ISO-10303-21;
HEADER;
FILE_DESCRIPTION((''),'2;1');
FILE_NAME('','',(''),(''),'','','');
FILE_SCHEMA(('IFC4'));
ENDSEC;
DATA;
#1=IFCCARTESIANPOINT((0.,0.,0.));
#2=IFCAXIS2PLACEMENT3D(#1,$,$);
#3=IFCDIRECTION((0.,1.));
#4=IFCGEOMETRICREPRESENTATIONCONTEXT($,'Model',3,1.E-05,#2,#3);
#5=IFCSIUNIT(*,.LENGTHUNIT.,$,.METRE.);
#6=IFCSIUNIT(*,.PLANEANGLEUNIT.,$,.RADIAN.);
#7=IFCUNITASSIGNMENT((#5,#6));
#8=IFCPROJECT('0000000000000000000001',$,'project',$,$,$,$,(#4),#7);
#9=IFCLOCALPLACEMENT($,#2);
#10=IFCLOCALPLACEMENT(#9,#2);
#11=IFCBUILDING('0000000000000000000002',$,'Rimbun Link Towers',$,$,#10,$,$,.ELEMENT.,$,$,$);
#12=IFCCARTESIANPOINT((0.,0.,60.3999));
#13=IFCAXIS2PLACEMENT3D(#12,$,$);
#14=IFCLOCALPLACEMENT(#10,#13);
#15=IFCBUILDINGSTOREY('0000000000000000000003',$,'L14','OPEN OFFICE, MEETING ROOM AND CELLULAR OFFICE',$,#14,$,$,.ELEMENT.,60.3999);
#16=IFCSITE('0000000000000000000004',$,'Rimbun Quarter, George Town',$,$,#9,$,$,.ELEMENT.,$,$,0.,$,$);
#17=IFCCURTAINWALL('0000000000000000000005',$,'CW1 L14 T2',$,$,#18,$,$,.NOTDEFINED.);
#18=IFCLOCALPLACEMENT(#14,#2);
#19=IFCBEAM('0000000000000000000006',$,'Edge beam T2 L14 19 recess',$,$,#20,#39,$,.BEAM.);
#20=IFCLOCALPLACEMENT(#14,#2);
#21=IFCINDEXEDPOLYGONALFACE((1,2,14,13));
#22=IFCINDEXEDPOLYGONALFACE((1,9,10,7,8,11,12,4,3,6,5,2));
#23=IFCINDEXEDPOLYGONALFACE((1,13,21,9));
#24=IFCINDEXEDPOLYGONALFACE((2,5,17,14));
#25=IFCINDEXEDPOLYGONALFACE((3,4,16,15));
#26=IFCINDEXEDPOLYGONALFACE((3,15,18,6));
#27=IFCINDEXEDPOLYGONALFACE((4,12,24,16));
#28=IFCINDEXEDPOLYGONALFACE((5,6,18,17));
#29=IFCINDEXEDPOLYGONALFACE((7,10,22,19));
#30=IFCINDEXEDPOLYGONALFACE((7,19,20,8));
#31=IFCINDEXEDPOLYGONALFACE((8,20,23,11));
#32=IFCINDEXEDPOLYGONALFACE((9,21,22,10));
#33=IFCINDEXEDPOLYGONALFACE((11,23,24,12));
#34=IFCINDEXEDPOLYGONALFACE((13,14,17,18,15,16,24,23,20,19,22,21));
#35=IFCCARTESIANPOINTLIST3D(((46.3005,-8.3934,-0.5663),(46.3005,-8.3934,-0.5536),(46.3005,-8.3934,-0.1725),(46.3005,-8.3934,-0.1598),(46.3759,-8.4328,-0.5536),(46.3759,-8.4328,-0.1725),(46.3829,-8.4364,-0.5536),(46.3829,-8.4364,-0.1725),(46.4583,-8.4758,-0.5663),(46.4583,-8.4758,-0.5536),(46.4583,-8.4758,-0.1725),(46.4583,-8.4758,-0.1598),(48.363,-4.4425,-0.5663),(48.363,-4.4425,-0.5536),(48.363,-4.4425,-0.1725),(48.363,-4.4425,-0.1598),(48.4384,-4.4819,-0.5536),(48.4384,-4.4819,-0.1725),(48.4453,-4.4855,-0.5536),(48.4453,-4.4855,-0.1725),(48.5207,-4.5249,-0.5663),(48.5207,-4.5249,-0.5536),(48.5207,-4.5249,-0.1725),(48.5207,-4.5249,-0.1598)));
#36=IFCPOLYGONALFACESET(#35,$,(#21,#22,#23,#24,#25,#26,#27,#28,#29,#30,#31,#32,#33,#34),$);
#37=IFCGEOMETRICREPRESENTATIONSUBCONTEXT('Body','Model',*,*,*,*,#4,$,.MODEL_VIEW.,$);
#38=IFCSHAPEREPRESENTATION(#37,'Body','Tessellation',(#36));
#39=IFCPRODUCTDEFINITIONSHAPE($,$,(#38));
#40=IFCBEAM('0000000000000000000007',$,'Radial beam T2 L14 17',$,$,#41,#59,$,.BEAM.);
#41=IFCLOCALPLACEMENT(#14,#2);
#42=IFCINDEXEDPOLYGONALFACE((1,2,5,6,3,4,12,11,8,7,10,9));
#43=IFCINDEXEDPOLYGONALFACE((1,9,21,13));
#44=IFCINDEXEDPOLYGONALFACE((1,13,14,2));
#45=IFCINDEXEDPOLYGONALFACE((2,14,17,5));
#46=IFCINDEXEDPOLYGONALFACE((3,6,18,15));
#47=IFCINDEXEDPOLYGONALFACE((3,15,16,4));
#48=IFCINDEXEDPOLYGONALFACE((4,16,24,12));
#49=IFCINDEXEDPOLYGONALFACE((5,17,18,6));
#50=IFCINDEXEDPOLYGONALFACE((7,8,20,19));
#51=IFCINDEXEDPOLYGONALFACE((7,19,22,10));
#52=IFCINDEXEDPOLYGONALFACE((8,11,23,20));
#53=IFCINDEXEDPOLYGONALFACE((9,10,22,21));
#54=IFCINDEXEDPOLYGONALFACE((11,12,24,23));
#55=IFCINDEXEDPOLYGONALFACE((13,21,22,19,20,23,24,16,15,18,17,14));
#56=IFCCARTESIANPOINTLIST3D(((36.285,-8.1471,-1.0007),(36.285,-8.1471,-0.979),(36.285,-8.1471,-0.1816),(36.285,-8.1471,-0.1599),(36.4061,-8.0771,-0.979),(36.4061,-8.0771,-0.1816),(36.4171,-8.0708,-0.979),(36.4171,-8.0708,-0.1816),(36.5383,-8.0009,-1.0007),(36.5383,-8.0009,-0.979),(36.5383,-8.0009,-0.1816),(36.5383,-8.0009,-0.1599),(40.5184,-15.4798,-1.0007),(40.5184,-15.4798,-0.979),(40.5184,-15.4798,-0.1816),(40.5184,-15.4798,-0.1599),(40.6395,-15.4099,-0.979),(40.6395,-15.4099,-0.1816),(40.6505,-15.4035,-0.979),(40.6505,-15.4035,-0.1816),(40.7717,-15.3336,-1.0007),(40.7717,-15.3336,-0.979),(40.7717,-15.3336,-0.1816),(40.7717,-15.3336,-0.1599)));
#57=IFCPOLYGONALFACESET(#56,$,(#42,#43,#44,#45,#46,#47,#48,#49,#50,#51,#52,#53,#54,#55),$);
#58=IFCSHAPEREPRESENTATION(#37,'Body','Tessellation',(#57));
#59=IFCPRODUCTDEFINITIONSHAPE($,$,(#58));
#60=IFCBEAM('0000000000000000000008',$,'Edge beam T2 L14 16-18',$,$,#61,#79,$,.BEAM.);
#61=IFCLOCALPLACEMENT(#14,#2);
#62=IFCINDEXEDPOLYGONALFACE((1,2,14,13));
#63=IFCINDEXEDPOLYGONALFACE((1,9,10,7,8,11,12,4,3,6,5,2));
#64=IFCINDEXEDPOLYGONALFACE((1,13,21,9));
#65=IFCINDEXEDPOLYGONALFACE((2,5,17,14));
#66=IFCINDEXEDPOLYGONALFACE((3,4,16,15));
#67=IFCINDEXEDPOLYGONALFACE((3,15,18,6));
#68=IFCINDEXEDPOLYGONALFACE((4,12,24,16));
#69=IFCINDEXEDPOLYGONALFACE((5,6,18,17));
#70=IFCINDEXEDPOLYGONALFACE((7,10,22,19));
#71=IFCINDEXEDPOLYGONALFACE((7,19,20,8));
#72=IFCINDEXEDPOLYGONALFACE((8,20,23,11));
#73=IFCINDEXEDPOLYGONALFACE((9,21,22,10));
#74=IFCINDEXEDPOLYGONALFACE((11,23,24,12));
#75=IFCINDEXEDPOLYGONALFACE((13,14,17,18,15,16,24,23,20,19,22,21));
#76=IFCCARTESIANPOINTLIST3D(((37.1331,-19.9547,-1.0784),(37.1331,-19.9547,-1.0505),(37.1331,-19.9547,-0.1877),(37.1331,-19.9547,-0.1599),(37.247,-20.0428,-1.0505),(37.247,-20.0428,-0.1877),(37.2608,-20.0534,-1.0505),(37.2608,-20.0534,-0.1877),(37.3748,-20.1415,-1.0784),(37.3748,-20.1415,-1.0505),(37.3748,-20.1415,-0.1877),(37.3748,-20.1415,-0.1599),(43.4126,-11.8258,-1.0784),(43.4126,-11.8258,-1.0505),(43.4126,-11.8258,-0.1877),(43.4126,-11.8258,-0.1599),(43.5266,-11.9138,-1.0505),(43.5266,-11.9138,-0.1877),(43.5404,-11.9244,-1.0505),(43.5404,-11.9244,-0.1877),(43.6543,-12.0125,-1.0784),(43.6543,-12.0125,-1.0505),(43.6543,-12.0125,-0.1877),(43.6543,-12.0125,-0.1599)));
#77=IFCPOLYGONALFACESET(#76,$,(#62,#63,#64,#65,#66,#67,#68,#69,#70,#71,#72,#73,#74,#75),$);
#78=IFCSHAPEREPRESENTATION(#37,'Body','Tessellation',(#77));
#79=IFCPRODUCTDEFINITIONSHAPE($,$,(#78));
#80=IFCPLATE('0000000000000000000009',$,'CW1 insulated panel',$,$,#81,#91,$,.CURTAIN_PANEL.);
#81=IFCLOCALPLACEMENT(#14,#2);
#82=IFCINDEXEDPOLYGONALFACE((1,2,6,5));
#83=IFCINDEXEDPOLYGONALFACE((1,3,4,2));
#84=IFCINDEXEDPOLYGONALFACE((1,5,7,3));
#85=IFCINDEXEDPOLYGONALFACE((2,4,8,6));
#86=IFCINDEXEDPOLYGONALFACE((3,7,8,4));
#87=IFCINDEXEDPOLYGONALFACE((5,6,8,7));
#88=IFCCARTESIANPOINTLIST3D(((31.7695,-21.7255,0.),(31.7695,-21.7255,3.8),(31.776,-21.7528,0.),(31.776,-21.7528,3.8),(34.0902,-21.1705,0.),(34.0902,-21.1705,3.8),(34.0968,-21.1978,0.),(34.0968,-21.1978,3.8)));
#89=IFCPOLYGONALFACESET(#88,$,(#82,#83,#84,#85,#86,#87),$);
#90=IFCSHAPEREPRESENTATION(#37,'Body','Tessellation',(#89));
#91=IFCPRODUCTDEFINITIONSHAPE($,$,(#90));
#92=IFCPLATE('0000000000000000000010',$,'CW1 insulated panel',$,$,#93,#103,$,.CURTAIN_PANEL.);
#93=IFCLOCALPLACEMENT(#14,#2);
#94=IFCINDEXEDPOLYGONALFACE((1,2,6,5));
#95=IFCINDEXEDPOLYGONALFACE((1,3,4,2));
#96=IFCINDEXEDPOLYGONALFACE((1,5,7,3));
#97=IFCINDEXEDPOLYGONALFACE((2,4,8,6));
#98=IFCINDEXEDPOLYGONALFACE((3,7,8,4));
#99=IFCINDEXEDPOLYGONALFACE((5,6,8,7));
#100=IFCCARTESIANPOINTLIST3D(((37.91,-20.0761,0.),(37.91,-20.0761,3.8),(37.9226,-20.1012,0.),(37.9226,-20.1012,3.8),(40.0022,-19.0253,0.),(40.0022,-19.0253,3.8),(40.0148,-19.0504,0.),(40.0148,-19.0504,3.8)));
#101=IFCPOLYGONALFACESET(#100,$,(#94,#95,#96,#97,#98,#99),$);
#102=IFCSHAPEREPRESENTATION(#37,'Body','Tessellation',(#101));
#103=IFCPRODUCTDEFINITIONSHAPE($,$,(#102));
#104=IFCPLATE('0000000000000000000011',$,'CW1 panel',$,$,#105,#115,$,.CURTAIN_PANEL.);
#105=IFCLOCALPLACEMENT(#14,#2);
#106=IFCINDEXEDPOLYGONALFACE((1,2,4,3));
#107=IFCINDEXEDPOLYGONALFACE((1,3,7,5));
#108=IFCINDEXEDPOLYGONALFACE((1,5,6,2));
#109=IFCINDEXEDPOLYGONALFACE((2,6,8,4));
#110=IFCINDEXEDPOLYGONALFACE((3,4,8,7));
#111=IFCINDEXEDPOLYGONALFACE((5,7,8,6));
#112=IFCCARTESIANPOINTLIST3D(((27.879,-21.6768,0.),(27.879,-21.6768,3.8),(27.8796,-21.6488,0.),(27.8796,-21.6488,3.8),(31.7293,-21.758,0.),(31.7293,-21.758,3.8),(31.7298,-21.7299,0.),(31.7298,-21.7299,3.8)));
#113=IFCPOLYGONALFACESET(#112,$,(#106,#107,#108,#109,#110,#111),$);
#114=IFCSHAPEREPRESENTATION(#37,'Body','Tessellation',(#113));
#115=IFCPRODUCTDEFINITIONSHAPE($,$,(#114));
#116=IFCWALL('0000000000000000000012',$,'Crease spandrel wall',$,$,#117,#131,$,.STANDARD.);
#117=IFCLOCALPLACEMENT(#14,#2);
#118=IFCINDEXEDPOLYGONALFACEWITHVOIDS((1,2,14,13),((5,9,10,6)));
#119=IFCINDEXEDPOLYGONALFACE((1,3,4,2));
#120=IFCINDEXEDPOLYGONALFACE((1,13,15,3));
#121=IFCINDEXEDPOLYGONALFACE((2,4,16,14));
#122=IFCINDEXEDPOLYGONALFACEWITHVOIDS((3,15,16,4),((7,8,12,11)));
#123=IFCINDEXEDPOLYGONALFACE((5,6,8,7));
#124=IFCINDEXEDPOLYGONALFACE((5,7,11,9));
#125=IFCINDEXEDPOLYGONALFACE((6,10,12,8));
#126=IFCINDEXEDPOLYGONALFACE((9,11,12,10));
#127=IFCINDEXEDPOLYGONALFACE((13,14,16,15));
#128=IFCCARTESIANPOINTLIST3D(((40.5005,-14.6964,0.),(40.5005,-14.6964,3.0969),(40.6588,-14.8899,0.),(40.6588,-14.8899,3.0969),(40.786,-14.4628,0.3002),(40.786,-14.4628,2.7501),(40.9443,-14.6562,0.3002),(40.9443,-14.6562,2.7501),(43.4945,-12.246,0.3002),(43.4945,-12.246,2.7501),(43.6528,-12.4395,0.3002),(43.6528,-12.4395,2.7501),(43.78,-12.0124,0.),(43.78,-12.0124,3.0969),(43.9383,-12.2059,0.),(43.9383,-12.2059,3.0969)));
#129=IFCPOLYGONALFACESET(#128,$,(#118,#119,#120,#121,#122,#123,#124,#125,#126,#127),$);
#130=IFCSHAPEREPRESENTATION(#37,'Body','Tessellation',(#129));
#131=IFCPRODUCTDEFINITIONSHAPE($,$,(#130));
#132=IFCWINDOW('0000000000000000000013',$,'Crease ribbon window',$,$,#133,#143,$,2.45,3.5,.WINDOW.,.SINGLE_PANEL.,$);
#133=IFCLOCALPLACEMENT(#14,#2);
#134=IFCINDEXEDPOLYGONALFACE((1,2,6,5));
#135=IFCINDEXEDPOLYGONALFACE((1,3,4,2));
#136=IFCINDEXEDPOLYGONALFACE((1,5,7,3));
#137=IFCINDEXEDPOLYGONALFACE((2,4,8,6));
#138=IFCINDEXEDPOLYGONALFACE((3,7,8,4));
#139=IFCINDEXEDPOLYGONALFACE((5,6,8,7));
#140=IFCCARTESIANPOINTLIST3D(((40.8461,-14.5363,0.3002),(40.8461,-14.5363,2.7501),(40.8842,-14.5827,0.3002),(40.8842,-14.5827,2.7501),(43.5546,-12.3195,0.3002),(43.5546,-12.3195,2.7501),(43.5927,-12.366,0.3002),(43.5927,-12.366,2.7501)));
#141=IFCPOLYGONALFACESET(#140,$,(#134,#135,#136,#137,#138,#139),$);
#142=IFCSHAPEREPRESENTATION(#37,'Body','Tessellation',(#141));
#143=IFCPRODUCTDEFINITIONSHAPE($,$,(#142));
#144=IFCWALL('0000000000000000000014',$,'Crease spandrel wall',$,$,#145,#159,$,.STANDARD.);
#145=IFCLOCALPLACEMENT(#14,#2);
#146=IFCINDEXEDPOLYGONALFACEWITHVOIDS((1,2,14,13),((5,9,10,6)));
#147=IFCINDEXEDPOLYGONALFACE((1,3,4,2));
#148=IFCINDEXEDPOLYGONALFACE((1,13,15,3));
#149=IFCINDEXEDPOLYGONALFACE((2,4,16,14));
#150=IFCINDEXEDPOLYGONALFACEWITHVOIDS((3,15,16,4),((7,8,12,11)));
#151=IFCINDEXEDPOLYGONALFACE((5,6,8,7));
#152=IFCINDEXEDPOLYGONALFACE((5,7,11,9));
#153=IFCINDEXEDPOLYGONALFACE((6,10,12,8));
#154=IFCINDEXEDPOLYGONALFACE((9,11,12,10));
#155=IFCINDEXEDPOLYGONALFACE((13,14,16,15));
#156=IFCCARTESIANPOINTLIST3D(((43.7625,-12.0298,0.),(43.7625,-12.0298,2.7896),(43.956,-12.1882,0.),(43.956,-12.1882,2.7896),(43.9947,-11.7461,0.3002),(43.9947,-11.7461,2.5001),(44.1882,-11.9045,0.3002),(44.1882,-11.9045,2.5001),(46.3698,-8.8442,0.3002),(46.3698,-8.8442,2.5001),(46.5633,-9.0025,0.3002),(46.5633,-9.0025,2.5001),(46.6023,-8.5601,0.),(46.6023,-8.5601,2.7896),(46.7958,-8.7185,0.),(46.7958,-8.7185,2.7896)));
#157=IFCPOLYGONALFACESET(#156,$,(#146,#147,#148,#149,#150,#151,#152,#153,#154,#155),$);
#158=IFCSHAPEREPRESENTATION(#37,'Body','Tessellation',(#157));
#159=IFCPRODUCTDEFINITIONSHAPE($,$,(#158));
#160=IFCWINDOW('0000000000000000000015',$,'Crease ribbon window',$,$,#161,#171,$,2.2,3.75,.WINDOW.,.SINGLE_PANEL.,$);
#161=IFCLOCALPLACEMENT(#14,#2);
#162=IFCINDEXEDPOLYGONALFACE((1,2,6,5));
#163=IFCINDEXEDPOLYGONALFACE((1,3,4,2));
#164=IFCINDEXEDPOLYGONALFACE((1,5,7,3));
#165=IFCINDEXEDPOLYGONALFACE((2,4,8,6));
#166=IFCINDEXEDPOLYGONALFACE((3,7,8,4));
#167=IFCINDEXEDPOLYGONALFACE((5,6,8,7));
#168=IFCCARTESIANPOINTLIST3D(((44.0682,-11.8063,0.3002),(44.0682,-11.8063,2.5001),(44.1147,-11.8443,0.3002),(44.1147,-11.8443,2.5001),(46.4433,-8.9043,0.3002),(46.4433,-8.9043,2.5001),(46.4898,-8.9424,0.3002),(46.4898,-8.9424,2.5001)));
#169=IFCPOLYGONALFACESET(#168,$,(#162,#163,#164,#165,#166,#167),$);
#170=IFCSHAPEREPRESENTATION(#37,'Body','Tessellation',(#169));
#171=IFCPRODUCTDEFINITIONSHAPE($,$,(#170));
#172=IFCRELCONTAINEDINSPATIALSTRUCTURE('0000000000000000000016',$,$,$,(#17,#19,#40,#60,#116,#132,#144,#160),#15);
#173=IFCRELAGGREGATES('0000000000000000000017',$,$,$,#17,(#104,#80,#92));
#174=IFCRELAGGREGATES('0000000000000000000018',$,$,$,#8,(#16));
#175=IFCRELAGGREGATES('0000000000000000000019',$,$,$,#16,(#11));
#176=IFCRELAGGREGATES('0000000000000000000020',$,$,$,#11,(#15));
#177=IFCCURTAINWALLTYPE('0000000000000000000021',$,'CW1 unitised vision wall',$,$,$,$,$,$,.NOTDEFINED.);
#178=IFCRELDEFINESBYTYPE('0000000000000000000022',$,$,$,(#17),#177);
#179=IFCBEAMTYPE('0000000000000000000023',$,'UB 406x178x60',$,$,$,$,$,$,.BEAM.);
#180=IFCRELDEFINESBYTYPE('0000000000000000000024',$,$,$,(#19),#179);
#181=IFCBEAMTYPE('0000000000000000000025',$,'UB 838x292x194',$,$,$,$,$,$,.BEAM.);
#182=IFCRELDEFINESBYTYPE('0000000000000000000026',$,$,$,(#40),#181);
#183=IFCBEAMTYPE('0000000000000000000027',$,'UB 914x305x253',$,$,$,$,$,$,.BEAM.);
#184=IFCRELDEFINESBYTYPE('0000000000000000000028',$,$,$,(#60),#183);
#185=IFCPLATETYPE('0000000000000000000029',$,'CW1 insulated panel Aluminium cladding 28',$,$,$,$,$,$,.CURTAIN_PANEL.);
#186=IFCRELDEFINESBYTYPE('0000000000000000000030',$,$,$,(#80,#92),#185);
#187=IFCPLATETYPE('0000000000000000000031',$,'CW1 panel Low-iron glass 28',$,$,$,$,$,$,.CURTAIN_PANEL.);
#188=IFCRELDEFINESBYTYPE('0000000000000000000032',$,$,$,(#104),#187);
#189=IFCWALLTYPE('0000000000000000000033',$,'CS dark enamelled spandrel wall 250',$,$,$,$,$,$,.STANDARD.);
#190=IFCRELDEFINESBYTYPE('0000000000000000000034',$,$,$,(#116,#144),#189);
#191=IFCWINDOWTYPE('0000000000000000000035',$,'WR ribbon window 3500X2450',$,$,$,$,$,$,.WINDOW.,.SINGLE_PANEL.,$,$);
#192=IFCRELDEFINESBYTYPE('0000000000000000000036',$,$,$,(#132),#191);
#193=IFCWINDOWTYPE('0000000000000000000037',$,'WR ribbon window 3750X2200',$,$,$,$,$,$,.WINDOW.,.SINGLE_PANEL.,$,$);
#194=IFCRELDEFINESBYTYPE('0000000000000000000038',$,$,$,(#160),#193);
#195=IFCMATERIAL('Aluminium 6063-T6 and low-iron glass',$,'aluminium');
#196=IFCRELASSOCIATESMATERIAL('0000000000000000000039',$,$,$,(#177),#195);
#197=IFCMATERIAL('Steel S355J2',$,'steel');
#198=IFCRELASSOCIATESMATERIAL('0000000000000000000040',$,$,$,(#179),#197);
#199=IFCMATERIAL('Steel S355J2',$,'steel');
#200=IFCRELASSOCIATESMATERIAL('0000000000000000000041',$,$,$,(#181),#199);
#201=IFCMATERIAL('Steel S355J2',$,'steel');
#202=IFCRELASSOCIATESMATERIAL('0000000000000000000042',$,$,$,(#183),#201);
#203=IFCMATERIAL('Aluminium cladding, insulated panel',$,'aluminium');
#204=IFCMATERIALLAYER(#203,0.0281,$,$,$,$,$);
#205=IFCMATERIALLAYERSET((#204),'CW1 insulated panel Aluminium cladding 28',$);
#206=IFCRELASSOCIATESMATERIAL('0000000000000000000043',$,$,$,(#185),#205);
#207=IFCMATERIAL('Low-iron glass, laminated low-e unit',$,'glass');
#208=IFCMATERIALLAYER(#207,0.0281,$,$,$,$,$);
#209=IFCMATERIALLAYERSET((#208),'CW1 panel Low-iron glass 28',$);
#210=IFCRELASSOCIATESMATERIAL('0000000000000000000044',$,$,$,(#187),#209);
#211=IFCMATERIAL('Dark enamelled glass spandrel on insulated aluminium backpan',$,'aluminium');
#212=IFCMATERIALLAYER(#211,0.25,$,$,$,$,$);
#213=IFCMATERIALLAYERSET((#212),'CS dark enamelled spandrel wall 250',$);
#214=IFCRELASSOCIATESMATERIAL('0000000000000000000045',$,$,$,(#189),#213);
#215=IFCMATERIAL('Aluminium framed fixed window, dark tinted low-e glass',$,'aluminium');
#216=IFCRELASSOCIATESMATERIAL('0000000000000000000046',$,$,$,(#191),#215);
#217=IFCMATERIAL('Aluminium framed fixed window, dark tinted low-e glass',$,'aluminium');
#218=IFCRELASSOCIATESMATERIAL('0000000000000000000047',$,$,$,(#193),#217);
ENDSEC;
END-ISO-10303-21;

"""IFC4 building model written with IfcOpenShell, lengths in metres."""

from ifc_helpers import new_model, si_unit, direction, frame, frame_2d, origin, origin_2d, place, context, subcontext, project, spatial, rectangle, i_section, extrude, material, layer, layer_set, material_profile, profile_set, type_object, element, fill, aggregate, save


model = new_model("IFC4")

# Units and contexts
model_context = context("Model", 3, precision=1e-05, world=origin(), true_north=direction((0.0, 1.0)))
body_context = subcontext(model_context, "Body", "Model", "MODEL_VIEW")
ifc_project = project(units=[si_unit("LENGTHUNIT", "METRE"), si_unit("PLANEANGLEUNIT", "RADIAN")], contexts=[model_context])

# Site, building, storey
site_placement = place(None, origin())
site = spatial("IfcSite", under=ifc_project, at=site_placement, Name="Rimbun Quarter, George Town", CompositionType="ELEMENT", RefElevation=0.0)
building_placement = place(site_placement, origin())
building = spatial("IfcBuilding", under=site, at=building_placement, Name="Rimbun Link Towers", CompositionType="ELEMENT")
storey_placement = place(building_placement, frame((0.0, 0.0, 60.3999)))
storey = spatial("IfcBuildingStorey", under=building, at=storey_placement, Name="L14", Description="OPEN OFFICE, MEETING ROOM AND CELLULAR OFFICE", CompositionType="ELEMENT", Elevation=60.3999)

# Curtain wall
ifc_material_1 = material(Name="Aluminium 6063-T6 and low-iron glass", Category="aluminium")
curtain_wall_type = type_object("IfcCurtainWallType", Name="CW1 unitised vision wall", PredefinedType="NOTDEFINED", material=ifc_material_1)
curtain_wall_placement = place(storey_placement, origin())
curtain_wall = element("IfcCurtainWall", 1, at=curtain_wall_placement, inside=storey, type_object=curtain_wall_type, Name="CW1 L14 T2", PredefinedType="NOTDEFINED")

# Beams
ifc_material_2 = material(Name="Steel S355J2", Category="steel")
ifc_material_profile_1 = material_profile(ifc_material_2, i_section(OverallWidth=0.178, OverallDepth=0.4065, WebThickness=0.0078, FlangeThickness=0.0127, at=origin_2d()), Name="UB 406x178x60")
ifc_profile_set_1 = profile_set([ifc_material_profile_1], Name="Steel S355J2")
beam_type_1 = type_object("IfcBeamType", Name="UB 406x178x60", PredefinedType="BEAM", material=ifc_profile_set_1)
beam_1_placement = place(storey_placement, frame((46.3794, -8.4346, -0.363), z_axis=(0.462768, 0.886479, 0.0), x_axis=(-0.886479, 0.462768, 0.0)))
element("IfcBeam", 2, at=beam_1_placement, inside=storey, type_object=beam_type_1, Name="Edge beam T2 L14 19 recess", PredefinedType="BEAM", context=body_context, shape_type="SweptSolid", body=[
    extrude(i_section(OverallWidth=0.178, OverallDepth=0.4065, WebThickness=0.0078, FlangeThickness=0.0127, at=origin_2d()), origin(), (0.0, 0.0, 1.0), 4.4568),
])
ifc_material_3 = material(Name="Steel S355J2", Category="steel")
ifc_material_profile_2 = material_profile(ifc_material_3, i_section(OverallWidth=0.2925, OverallDepth=0.8408, WebThickness=0.0127, FlangeThickness=0.0217, at=origin_2d()), Name="UB 838x292x194")
ifc_profile_set_2 = profile_set([ifc_material_profile_2], Name="Steel S355J2")
beam_type_2 = type_object("IfcBeamType", Name="UB 838x292x194", PredefinedType="BEAM", material=ifc_profile_set_2)
beam_2_placement = place(storey_placement, frame((36.4116, -8.074, -0.5803), z_axis=(0.499985, -0.866034, 0.0), x_axis=(0.866034, 0.499985, 0.0)))
element("IfcBeam", 3, at=beam_2_placement, inside=storey, type_object=beam_type_2, Name="Radial beam T2 L14 17", PredefinedType="BEAM", context=body_context, shape_type="SweptSolid", body=[
    extrude(i_section(OverallWidth=0.2925, OverallDepth=0.8408, WebThickness=0.0127, FlangeThickness=0.0217, at=origin_2d()), origin(), (0.0, 0.0, 1.0), 8.467),
])
ifc_material_4 = material(Name="Steel S355J2", Category="steel")
ifc_material_profile_3 = material_profile(ifc_material_4, i_section(OverallWidth=0.3054, OverallDepth=0.9185, WebThickness=0.0173, FlangeThickness=0.0278, at=origin_2d()), Name="UB 914x305x253")
ifc_profile_set_3 = profile_set([ifc_material_profile_3], Name="Steel S355J2")
beam_type_3 = type_object("IfcBeamType", Name="UB 914x305x253", PredefinedType="BEAM", material=ifc_profile_set_3)
beam_3_placement = place(storey_placement, frame((37.2539, -20.0481, -0.6191), z_axis=(0.611332, 0.791374, 0.0), x_axis=(-0.791374, 0.611332, 0.0)))
element("IfcBeam", 4, at=beam_3_placement, inside=storey, type_object=beam_type_3, Name="Edge beam T2 L14 16-18", PredefinedType="BEAM", context=body_context, shape_type="SweptSolid", body=[
    extrude(i_section(OverallWidth=0.3054, OverallDepth=0.9185, WebThickness=0.0173, FlangeThickness=0.0278, at=origin_2d()), origin(), (0.0, 0.0, 1.0), 10.272),
])

# Plates
ifc_material_5 = material(Name="Aluminium cladding, insulated panel", Category="aluminium")
ifc_layer_1 = layer(ifc_material_5, 0.0281)
ifc_layer_set_1 = layer_set([ifc_layer_1], Name="CW1 insulated panel Aluminium cladding 28")
plate_type_1 = type_object("IfcPlateType", Name="CW1 insulated panel Aluminium cladding 28", PredefinedType="CURTAIN_PANEL", material=ifc_layer_set_1)
plate_1_placement = place(storey_placement, frame((32.9331, -21.4617, 0.0), z_axis=(0.0, 0.0, 1.0), x_axis=(-0.972572, -0.232603, 0.0)))
plate_1 = element("IfcPlate", 5, at=plate_1_placement, type_object=plate_type_1, Name="CW1 insulated panel", PredefinedType="CURTAIN_PANEL", context=body_context, shape_type="SweptSolid", body=[
    extrude(rectangle(XDim=2.3862, YDim=0.0281, at=origin_2d()), origin(), (0.0, 0.0, 1.0), 3.8),
])
plate_2_placement = place(storey_placement, frame((38.9624, -19.5632, 0.0), z_axis=(0.0, 0.0, 1.0), x_axis=(-0.893638, -0.448789, 0.0)))
plate_2 = element("IfcPlate", 6, at=plate_2_placement, type_object=plate_type_1, Name="CW1 insulated panel", PredefinedType="CURTAIN_PANEL", context=body_context, shape_type="SweptSolid", body=[
    extrude(rectangle(XDim=2.3413, YDim=0.0281, at=origin_2d()), origin(), (0.0, 0.0, 1.0), 3.8),
])
ifc_material_6 = material(Name="Low-iron glass, laminated low-e unit", Category="glass")
ifc_layer_2 = layer(ifc_material_6, 0.0281)
ifc_layer_set_2 = layer_set([ifc_layer_2], Name="CW1 panel Low-iron glass 28")
plate_type_2 = type_object("IfcPlateType", Name="CW1 panel Low-iron glass 28", PredefinedType="CURTAIN_PANEL", material=ifc_layer_set_2)
plate_3_placement = place(storey_placement, frame((29.8044, -21.7034, 0.0), z_axis=(0.0, 0.0, 1.0), x_axis=(-0.999778, 0.021066, 0.0)))
plate_3 = element("IfcPlate", 7, at=plate_3_placement, type_object=plate_type_2, Name="CW1 panel", PredefinedType="CURTAIN_PANEL", context=body_context, shape_type="SweptSolid", body=[
    extrude(rectangle(XDim=3.8511, YDim=0.0281, at=origin_2d()), origin(), (0.0, 0.0, 1.0), 3.8),
])
aggregate(curtain_wall, [plate_3, plate_1, plate_2])

# Walls, openings, windows
ifc_material_7 = material(Name="Dark enamelled glass spandrel on insulated aluminium backpan", Category="aluminium")
ifc_layer_3 = layer(ifc_material_7, 0.25)
ifc_layer_set_3 = layer_set([ifc_layer_3], Name="CS dark enamelled spandrel wall 250")
wall_type_1 = type_object("IfcWallType", Name="CS dark enamelled spandrel wall 250", PredefinedType="STANDARD", material=ifc_layer_set_3)
wall_1_placement = place(storey_placement, frame((43.8591, -12.1091, 0.0), z_axis=(0.0, 0.0, 1.0), x_axis=(-0.773862, -0.633354, 0.0)))
wall_1 = element("IfcWall", 8, at=wall_1_placement, inside=storey, type_object=wall_type_1, Name="Crease spandrel wall", PredefinedType="STANDARD", context=body_context, shape_type="SweptSolid", body=[
    extrude(rectangle(XDim=4.2378, YDim=0.25, at=frame_2d((2.1189, 0.0))), origin(), (0.0, 0.0, 1.0), 3.0969),
])
opening_1_placement = place(wall_1_placement, frame((0.3689, 0.0, 0.3)))
opening_1 = element("IfcOpeningElement", 9, at=opening_1_placement, cuts=wall_1, PredefinedType="OPENING", context=body_context, shape_type="SweptSolid", body=[
    extrude(rectangle(XDim=3.5, YDim=2.45, at=frame_2d((1.75, 1.2251))), frame((0.0, 0.135, 0.0), z_axis=(0.0, -1.0, 0.0), x_axis=(1.0, 0.0, 0.0)), (0.0, 0.0, 1.0), 0.27),
])
ifc_material_8 = material(Name="Aluminium framed fixed window, dark tinted low-e glass", Category="aluminium")
window_type_1 = type_object("IfcWindowType", Name="WR ribbon window 3500X2450", PartitioningType="SINGLE_PANEL", PredefinedType="WINDOW", material=ifc_material_8)
window_1_placement = place(opening_1_placement, origin())
window_1 = element("IfcWindow", 10, at=window_1_placement, inside=storey, type_object=window_type_1, Name="Crease ribbon window", OverallHeight=2.45, OverallWidth=3.5, PartitioningType="SINGLE_PANEL", PredefinedType="WINDOW", context=body_context, shape_type="SweptSolid", body=[
    extrude(rectangle(XDim=3.5, YDim=2.45, at=frame_2d((1.75, 1.2251))), frame((0.0, 0.03, 0.0), z_axis=(0.0, -1.0, 0.0), x_axis=(1.0, 0.0, 0.0)), (0.0, 0.0, 1.0), 0.0601),
])
fill(opening_1, window_1)
wall_2_placement = place(storey_placement, frame((46.699, -8.6394, 0.0), z_axis=(0.0, 0.0, 1.0), x_axis=(-0.633368, -0.773851, 0.0)))
wall_2 = element("IfcWall", 11, at=wall_2_placement, inside=storey, type_object=wall_type_1, Name="Crease spandrel wall", PredefinedType="STANDARD", context=body_context, shape_type="SweptSolid", body=[
    extrude(rectangle(XDim=4.4836, YDim=0.25, at=frame_2d((2.2417, 0.0))), origin(), (0.0, 0.0, 1.0), 2.7896),
])
opening_2_placement = place(wall_2_placement, frame((0.3669, 0.0, 0.3)))
opening_2 = element("IfcOpeningElement", 12, at=opening_2_placement, cuts=wall_2, PredefinedType="OPENING", context=body_context, shape_type="SweptSolid", body=[
    extrude(rectangle(XDim=3.75, YDim=2.2, at=frame_2d((1.875, 1.1001))), frame((0.0, 0.135, 0.0), z_axis=(0.0, -1.0, 0.0), x_axis=(1.0, 0.0, 0.0)), (0.0, 0.0, 1.0), 0.27),
])
ifc_material_9 = material(Name="Aluminium framed fixed window, dark tinted low-e glass", Category="aluminium")
window_type_2 = type_object("IfcWindowType", Name="WR ribbon window 3750X2200", PartitioningType="SINGLE_PANEL", PredefinedType="WINDOW", material=ifc_material_9)
window_2_placement = place(opening_2_placement, origin())
window_2 = element("IfcWindow", 13, at=window_2_placement, inside=storey, type_object=window_type_2, Name="Crease ribbon window", OverallHeight=2.2, OverallWidth=3.75, PartitioningType="SINGLE_PANEL", PredefinedType="WINDOW", context=body_context, shape_type="SweptSolid", body=[
    extrude(rectangle(XDim=3.75, YDim=2.2, at=frame_2d((1.875, 1.1001))), frame((0.0, 0.03, 0.0), z_axis=(0.0, -1.0, 0.0), x_axis=(1.0, 0.0, 0.0)), (0.0, 0.0, 1.0), 0.0601),
])
fill(opening_2, window_2)

save(model, "model.ifc")
